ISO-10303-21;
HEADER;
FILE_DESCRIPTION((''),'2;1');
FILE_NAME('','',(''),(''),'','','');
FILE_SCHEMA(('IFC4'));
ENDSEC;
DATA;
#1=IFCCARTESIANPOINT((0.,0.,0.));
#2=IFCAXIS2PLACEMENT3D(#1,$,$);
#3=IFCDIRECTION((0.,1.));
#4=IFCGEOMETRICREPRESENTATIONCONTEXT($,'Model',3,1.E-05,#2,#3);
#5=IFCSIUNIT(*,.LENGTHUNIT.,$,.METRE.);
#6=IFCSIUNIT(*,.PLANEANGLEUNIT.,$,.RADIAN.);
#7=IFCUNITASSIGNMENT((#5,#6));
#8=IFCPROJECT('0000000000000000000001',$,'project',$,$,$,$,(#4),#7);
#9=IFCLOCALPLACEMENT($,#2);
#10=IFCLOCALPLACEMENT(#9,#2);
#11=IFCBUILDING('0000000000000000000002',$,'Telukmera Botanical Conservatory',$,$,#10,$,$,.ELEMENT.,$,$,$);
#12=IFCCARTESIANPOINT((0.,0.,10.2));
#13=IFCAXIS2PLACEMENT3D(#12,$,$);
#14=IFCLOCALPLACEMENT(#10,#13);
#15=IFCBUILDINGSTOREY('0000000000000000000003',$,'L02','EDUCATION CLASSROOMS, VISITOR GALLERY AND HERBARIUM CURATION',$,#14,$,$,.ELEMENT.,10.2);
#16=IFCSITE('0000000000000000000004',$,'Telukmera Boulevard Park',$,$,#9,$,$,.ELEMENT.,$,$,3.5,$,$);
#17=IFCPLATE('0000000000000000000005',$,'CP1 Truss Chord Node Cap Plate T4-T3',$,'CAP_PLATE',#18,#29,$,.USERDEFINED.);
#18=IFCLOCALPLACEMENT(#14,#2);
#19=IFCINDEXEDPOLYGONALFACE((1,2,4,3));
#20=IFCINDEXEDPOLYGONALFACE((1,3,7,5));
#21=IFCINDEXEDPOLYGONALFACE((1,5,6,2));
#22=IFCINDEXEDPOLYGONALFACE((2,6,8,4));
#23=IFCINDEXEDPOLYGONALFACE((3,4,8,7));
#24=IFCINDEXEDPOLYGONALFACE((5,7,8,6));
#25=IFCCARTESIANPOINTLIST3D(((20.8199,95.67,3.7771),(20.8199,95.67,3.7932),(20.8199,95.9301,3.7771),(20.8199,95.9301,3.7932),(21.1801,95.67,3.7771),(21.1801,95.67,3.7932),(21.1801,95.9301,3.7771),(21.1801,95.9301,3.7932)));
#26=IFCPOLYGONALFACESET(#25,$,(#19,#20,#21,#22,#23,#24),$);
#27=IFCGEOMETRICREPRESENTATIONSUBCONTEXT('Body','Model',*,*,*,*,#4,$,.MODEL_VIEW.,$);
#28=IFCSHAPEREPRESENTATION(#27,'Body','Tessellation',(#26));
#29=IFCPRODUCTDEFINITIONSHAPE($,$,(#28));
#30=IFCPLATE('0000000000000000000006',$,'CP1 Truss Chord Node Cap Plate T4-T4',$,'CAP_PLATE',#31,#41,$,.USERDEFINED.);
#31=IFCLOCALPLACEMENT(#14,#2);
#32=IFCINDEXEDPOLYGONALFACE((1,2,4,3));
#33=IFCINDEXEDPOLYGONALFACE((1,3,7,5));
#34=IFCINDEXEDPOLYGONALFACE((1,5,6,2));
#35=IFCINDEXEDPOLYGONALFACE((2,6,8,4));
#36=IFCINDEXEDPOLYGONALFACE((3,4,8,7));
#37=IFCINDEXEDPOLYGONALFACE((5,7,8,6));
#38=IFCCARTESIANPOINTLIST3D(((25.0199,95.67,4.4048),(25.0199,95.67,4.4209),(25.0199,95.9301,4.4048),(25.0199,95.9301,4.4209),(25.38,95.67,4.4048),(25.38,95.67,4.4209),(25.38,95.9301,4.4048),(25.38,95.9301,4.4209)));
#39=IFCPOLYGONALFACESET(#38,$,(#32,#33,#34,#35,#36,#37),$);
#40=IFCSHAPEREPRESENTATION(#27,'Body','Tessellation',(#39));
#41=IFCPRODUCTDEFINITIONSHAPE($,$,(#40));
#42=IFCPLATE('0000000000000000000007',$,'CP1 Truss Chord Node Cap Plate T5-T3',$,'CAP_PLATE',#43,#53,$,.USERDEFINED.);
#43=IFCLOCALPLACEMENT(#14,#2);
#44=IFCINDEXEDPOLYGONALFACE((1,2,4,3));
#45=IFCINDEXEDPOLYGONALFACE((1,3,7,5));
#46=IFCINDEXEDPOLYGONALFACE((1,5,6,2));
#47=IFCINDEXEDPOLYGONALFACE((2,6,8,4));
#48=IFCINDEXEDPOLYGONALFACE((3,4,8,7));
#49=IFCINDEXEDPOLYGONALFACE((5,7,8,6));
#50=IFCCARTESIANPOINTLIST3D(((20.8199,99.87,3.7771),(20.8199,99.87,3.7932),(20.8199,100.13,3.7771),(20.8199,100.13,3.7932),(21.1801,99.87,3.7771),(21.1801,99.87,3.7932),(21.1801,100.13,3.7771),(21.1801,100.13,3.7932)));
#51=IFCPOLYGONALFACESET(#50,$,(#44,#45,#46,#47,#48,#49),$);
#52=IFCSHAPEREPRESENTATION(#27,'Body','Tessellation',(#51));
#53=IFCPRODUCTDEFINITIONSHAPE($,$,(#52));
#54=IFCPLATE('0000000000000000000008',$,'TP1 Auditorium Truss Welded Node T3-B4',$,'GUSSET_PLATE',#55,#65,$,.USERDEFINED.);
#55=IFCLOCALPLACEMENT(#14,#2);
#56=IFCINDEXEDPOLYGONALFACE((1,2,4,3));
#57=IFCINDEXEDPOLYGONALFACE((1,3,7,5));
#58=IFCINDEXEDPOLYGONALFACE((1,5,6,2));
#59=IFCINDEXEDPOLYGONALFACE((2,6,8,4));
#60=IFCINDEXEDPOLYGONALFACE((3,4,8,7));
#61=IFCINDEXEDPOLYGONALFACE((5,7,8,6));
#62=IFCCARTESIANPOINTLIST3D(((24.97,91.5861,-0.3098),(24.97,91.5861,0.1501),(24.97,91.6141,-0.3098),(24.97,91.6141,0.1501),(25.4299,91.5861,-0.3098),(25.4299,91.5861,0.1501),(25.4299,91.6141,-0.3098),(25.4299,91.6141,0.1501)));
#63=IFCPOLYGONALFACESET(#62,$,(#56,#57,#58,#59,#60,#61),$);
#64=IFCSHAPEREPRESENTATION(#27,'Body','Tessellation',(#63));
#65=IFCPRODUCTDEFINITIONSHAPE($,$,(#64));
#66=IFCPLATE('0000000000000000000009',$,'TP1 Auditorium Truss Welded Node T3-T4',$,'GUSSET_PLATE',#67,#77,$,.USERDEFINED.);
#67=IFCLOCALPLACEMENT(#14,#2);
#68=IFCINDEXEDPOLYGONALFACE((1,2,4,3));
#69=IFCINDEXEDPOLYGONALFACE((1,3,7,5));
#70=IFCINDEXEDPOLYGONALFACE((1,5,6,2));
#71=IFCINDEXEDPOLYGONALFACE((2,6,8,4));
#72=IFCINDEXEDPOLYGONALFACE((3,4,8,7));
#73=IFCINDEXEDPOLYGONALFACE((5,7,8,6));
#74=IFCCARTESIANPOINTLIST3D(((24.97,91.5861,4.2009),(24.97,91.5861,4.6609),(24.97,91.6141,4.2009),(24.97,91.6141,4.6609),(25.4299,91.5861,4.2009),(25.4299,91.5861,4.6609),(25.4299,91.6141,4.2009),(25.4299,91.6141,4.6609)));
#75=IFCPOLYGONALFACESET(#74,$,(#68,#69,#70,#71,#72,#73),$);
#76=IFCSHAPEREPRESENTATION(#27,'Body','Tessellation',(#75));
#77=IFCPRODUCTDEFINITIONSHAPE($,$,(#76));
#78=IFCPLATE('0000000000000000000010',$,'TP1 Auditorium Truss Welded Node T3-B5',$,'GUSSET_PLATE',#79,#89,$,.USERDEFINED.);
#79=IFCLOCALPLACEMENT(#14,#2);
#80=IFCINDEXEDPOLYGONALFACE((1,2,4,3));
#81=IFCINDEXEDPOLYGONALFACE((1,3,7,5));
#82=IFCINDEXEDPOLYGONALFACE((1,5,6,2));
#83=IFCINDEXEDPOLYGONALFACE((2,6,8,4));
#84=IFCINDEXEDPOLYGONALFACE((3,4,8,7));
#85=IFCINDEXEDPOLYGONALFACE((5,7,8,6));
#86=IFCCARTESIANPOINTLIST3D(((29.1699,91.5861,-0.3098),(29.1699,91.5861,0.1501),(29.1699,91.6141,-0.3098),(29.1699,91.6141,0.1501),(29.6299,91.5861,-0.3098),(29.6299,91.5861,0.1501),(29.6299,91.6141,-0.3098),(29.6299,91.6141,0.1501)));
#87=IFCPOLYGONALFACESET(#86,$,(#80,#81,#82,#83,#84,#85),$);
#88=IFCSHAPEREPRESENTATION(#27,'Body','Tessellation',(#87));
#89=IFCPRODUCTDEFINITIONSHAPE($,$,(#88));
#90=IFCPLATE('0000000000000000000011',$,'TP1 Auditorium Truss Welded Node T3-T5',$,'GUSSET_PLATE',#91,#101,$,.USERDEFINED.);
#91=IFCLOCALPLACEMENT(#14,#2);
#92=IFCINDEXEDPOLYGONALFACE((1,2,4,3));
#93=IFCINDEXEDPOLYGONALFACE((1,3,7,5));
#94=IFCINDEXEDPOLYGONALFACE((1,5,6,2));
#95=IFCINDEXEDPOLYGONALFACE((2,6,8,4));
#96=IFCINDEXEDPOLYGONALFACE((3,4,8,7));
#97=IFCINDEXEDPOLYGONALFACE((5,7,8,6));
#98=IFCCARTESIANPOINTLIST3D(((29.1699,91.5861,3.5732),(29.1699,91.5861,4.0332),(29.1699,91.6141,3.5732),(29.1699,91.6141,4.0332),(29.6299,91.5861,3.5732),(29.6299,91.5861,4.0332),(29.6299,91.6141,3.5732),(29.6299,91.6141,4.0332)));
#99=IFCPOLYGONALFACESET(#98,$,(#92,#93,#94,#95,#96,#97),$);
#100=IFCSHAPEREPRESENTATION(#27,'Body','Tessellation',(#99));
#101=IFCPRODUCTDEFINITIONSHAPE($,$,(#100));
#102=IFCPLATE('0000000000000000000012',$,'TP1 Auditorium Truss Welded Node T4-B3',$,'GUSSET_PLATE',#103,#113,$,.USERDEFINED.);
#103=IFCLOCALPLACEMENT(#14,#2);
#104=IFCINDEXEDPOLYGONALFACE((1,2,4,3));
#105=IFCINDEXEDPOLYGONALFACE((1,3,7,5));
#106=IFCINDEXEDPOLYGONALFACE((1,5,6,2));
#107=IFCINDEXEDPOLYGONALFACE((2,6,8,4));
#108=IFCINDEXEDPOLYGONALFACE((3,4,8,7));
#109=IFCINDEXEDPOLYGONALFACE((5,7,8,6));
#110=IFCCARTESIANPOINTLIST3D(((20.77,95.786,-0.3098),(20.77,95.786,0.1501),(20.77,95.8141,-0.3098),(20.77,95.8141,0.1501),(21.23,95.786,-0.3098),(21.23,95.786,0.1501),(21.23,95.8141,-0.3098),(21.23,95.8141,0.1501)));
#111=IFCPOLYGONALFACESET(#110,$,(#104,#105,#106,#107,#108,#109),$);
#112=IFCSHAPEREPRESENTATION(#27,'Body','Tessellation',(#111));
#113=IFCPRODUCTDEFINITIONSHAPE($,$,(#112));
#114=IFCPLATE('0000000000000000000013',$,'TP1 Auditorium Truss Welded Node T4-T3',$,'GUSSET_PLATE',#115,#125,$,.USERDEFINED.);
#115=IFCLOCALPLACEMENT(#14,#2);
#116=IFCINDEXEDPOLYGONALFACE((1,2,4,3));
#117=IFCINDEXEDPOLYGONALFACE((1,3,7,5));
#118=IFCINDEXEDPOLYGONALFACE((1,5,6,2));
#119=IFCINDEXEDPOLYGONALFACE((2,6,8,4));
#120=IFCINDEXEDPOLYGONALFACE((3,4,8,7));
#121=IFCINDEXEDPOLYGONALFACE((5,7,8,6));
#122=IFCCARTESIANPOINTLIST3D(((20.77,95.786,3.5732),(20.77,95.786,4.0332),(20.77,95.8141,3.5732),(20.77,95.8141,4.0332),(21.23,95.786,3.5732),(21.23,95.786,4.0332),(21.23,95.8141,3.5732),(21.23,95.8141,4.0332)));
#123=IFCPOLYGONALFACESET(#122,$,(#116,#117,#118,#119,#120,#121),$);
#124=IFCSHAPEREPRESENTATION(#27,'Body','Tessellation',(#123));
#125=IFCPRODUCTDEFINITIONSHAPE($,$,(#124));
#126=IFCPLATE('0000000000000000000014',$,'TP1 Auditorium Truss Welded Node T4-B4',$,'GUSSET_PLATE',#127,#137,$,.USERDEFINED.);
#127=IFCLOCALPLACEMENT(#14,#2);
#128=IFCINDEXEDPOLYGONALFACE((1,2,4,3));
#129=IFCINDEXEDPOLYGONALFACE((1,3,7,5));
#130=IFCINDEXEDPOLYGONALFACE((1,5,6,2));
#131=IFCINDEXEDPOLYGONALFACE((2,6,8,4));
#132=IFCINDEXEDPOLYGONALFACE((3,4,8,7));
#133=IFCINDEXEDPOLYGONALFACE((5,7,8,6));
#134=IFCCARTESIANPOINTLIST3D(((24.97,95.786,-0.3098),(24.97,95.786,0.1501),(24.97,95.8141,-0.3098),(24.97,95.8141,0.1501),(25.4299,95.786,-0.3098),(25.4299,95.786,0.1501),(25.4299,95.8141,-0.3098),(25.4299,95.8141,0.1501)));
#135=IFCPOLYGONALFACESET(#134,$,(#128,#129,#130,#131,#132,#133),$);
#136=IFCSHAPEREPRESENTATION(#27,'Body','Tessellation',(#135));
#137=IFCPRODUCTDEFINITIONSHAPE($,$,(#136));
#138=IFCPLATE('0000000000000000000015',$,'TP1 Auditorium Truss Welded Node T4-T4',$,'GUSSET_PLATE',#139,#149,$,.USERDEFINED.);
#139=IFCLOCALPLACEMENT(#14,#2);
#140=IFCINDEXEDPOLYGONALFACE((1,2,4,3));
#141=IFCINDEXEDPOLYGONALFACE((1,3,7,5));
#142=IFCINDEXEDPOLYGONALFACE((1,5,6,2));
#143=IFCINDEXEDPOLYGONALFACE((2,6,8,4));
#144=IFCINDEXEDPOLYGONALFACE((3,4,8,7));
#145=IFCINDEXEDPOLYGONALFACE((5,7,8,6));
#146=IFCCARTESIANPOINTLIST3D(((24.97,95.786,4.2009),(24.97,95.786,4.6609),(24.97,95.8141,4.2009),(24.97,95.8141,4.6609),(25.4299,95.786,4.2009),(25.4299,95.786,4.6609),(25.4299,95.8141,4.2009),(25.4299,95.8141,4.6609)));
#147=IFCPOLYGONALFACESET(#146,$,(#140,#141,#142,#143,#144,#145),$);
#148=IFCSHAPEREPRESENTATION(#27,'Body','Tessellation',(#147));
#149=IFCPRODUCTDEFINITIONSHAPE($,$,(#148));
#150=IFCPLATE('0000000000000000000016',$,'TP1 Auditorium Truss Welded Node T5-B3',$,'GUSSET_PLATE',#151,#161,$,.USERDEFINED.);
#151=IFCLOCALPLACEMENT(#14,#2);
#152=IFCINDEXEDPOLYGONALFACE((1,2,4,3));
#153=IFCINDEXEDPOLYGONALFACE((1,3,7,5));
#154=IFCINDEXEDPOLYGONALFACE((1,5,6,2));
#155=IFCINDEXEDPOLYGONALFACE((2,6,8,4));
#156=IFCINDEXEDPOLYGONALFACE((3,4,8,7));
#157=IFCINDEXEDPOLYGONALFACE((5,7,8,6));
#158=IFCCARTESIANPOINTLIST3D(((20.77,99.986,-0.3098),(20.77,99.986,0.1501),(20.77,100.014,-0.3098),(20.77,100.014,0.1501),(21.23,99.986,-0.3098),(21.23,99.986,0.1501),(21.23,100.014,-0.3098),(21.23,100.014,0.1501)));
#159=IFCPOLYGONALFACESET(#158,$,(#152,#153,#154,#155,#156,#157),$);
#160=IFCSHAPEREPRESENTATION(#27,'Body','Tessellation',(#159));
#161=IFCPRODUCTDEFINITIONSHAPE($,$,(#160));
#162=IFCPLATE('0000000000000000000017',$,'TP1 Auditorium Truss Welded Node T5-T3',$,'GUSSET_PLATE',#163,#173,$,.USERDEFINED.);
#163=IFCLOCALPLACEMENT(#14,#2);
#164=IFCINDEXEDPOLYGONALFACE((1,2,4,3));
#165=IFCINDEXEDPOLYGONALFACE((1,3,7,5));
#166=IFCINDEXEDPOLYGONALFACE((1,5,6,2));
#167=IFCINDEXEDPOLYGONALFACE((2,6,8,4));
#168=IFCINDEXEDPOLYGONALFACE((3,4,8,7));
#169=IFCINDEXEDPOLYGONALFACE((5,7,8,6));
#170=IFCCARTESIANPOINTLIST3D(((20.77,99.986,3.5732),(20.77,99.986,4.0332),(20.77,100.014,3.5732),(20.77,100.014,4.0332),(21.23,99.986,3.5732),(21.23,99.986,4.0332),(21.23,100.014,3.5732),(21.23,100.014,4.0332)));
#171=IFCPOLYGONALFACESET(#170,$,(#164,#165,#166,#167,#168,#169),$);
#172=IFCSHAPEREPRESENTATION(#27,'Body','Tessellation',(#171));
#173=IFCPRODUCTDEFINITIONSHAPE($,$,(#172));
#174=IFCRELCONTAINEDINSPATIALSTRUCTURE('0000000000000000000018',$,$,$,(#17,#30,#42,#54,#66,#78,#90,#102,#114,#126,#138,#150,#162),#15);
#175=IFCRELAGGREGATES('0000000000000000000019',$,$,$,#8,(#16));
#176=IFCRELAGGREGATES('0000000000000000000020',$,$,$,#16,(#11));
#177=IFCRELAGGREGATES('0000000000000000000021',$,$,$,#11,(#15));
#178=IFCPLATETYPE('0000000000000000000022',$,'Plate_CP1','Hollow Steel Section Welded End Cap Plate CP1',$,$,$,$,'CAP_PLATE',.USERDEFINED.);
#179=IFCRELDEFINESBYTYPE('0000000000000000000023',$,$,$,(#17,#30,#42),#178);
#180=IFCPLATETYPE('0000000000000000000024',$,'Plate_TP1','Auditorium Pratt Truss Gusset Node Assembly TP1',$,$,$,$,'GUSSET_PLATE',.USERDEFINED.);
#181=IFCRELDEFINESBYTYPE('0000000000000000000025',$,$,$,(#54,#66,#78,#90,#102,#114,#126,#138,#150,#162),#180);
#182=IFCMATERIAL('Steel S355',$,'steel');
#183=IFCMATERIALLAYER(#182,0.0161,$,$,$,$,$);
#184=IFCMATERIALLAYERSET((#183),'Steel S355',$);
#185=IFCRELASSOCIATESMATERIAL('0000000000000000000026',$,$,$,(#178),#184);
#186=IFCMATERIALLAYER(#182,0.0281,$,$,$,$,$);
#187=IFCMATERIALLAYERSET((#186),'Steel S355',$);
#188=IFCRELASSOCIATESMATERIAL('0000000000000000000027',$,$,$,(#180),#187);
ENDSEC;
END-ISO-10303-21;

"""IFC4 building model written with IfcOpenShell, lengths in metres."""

from ifc_helpers import new_model, si_unit, direction, frame, origin, origin_2d, place, context, subcontext, project, spatial, rectangle, extrude, material, layer, layer_set, type_object, element, save


model = new_model("IFC4")

# Units and contexts
model_context = context("Model", 3, precision=1e-05, world=origin(), true_north=direction((0.0, 1.0)))
body_context = subcontext(model_context, "Body", "Model", "MODEL_VIEW")
ifc_project = project(units=[si_unit("LENGTHUNIT", "METRE"), si_unit("PLANEANGLEUNIT", "RADIAN")], contexts=[model_context])

# Site, building, storey
site_placement = place(None, origin())
site = spatial("IfcSite", under=ifc_project, at=site_placement, Name="Telukmera Boulevard Park", CompositionType="ELEMENT", RefElevation=3.5)
building_placement = place(site_placement, origin())
building = spatial("IfcBuilding", under=site, at=building_placement, Name="Telukmera Botanical Conservatory", CompositionType="ELEMENT")
storey_placement = place(building_placement, frame((0.0, 0.0, 10.2)))
storey = spatial("IfcBuildingStorey", under=building, at=storey_placement, Name="L02", Description="EDUCATION CLASSROOMS, VISITOR GALLERY AND HERBARIUM CURATION", CompositionType="ELEMENT", Elevation=10.2)

# Shared definitions
ifc_material = material(Name="Steel S355", Category="steel")

# Plates
ifc_layer_1 = layer(ifc_material, 0.0161)
ifc_layer_set_1 = layer_set([ifc_layer_1], Name="Steel S355")
plate_type_1 = type_object("IfcPlateType", Name="Plate_CP1", Description="Hollow Steel Section Welded End Cap Plate CP1", ElementType="CAP_PLATE", PredefinedType="USERDEFINED", material=ifc_layer_set_1)
for number, where, z_axis, x_axis, name in (
    (1, (21.0, 95.8, 3.7771), (0.0, 0.0, 1.0), (1.0, 0.0, 0.0), "CP1 Truss Chord Node Cap Plate T4-T3"),
    (2, (25.2, 95.8, 4.4048), (0.0, 0.0, 1.0), (1.0, 0.0, 0.0), "CP1 Truss Chord Node Cap Plate T4-T4"),
    (3, (21.0, 100.0, 3.7771), (0.0, 0.0, 1.0), (1.0, 0.0, 0.0), "CP1 Truss Chord Node Cap Plate T5-T3"),
):
    element("IfcPlate", number, at=place(storey_placement, frame(where, z_axis=z_axis, x_axis=x_axis)), inside=storey, type_object=plate_type_1, Name=name, ObjectType="CAP_PLATE", PredefinedType="USERDEFINED", context=body_context, shape_type="SweptSolid", body=[
        extrude(rectangle(XDim=0.3601, YDim=0.26, at=origin_2d()), origin(), (0.0, 0.0, 1.0), 0.0161),
    ])
ifc_layer_2 = layer(ifc_material, 0.0281)
ifc_layer_set_2 = layer_set([ifc_layer_2], Name="Steel S355")
plate_type_2 = type_object("IfcPlateType", Name="Plate_TP1", Description="Auditorium Pratt Truss Gusset Node Assembly TP1", ElementType="GUSSET_PLATE", PredefinedType="USERDEFINED", material=ifc_layer_set_2)
for number, where, z_axis, x_axis, name in (
    (4, (25.2, 91.6001, -0.3098), (0.0, 0.0, 1.0), (1.0, 0.0, 0.0), "TP1 Auditorium Truss Welded Node T3-B4"),
    (5, (25.2, 91.6001, 4.2009), (0.0, 0.0, 1.0), (1.0, 0.0, 0.0), "TP1 Auditorium Truss Welded Node T3-T4"),
    (6, (29.3999, 91.6001, -0.3098), (0.0, 0.0, 1.0), (1.0, 0.0, 0.0), "TP1 Auditorium Truss Welded Node T3-B5"),
    (7, (29.3999, 91.6001, 3.5732), (0.0, 0.0, 1.0), (1.0, 0.0, 0.0), "TP1 Auditorium Truss Welded Node T3-T5"),
    (8, (21.0, 95.8, -0.3098), (0.0, 0.0, 1.0), (1.0, 0.0, 0.0), "TP1 Auditorium Truss Welded Node T4-B3"),
    (9, (21.0, 95.8, 3.5732), (0.0, 0.0, 1.0), (1.0, 0.0, 0.0), "TP1 Auditorium Truss Welded Node T4-T3"),
    (10, (25.2, 95.8, -0.3098), (0.0, 0.0, 1.0), (1.0, 0.0, 0.0), "TP1 Auditorium Truss Welded Node T4-B4"),
    (11, (25.2, 95.8, 4.2009), (0.0, 0.0, 1.0), (1.0, 0.0, 0.0), "TP1 Auditorium Truss Welded Node T4-T4"),
    (12, (21.0, 100.0, -0.3098), (0.0, 0.0, 1.0), (1.0, 0.0, 0.0), "TP1 Auditorium Truss Welded Node T5-B3"),
    (13, (21.0, 100.0, 3.5732), (0.0, 0.0, 1.0), (1.0, 0.0, 0.0), "TP1 Auditorium Truss Welded Node T5-T3"),
):
    element("IfcPlate", number, at=place(storey_placement, frame(where, z_axis=z_axis, x_axis=x_axis)), inside=storey, type_object=plate_type_2, Name=name, ObjectType="GUSSET_PLATE", PredefinedType="USERDEFINED", context=body_context, shape_type="SweptSolid", body=[
        extrude(rectangle(XDim=0.46, YDim=0.0281, at=origin_2d()), origin(), (0.0, 0.0, 1.0), 0.46),
    ])

save(model, "model.ifc")
